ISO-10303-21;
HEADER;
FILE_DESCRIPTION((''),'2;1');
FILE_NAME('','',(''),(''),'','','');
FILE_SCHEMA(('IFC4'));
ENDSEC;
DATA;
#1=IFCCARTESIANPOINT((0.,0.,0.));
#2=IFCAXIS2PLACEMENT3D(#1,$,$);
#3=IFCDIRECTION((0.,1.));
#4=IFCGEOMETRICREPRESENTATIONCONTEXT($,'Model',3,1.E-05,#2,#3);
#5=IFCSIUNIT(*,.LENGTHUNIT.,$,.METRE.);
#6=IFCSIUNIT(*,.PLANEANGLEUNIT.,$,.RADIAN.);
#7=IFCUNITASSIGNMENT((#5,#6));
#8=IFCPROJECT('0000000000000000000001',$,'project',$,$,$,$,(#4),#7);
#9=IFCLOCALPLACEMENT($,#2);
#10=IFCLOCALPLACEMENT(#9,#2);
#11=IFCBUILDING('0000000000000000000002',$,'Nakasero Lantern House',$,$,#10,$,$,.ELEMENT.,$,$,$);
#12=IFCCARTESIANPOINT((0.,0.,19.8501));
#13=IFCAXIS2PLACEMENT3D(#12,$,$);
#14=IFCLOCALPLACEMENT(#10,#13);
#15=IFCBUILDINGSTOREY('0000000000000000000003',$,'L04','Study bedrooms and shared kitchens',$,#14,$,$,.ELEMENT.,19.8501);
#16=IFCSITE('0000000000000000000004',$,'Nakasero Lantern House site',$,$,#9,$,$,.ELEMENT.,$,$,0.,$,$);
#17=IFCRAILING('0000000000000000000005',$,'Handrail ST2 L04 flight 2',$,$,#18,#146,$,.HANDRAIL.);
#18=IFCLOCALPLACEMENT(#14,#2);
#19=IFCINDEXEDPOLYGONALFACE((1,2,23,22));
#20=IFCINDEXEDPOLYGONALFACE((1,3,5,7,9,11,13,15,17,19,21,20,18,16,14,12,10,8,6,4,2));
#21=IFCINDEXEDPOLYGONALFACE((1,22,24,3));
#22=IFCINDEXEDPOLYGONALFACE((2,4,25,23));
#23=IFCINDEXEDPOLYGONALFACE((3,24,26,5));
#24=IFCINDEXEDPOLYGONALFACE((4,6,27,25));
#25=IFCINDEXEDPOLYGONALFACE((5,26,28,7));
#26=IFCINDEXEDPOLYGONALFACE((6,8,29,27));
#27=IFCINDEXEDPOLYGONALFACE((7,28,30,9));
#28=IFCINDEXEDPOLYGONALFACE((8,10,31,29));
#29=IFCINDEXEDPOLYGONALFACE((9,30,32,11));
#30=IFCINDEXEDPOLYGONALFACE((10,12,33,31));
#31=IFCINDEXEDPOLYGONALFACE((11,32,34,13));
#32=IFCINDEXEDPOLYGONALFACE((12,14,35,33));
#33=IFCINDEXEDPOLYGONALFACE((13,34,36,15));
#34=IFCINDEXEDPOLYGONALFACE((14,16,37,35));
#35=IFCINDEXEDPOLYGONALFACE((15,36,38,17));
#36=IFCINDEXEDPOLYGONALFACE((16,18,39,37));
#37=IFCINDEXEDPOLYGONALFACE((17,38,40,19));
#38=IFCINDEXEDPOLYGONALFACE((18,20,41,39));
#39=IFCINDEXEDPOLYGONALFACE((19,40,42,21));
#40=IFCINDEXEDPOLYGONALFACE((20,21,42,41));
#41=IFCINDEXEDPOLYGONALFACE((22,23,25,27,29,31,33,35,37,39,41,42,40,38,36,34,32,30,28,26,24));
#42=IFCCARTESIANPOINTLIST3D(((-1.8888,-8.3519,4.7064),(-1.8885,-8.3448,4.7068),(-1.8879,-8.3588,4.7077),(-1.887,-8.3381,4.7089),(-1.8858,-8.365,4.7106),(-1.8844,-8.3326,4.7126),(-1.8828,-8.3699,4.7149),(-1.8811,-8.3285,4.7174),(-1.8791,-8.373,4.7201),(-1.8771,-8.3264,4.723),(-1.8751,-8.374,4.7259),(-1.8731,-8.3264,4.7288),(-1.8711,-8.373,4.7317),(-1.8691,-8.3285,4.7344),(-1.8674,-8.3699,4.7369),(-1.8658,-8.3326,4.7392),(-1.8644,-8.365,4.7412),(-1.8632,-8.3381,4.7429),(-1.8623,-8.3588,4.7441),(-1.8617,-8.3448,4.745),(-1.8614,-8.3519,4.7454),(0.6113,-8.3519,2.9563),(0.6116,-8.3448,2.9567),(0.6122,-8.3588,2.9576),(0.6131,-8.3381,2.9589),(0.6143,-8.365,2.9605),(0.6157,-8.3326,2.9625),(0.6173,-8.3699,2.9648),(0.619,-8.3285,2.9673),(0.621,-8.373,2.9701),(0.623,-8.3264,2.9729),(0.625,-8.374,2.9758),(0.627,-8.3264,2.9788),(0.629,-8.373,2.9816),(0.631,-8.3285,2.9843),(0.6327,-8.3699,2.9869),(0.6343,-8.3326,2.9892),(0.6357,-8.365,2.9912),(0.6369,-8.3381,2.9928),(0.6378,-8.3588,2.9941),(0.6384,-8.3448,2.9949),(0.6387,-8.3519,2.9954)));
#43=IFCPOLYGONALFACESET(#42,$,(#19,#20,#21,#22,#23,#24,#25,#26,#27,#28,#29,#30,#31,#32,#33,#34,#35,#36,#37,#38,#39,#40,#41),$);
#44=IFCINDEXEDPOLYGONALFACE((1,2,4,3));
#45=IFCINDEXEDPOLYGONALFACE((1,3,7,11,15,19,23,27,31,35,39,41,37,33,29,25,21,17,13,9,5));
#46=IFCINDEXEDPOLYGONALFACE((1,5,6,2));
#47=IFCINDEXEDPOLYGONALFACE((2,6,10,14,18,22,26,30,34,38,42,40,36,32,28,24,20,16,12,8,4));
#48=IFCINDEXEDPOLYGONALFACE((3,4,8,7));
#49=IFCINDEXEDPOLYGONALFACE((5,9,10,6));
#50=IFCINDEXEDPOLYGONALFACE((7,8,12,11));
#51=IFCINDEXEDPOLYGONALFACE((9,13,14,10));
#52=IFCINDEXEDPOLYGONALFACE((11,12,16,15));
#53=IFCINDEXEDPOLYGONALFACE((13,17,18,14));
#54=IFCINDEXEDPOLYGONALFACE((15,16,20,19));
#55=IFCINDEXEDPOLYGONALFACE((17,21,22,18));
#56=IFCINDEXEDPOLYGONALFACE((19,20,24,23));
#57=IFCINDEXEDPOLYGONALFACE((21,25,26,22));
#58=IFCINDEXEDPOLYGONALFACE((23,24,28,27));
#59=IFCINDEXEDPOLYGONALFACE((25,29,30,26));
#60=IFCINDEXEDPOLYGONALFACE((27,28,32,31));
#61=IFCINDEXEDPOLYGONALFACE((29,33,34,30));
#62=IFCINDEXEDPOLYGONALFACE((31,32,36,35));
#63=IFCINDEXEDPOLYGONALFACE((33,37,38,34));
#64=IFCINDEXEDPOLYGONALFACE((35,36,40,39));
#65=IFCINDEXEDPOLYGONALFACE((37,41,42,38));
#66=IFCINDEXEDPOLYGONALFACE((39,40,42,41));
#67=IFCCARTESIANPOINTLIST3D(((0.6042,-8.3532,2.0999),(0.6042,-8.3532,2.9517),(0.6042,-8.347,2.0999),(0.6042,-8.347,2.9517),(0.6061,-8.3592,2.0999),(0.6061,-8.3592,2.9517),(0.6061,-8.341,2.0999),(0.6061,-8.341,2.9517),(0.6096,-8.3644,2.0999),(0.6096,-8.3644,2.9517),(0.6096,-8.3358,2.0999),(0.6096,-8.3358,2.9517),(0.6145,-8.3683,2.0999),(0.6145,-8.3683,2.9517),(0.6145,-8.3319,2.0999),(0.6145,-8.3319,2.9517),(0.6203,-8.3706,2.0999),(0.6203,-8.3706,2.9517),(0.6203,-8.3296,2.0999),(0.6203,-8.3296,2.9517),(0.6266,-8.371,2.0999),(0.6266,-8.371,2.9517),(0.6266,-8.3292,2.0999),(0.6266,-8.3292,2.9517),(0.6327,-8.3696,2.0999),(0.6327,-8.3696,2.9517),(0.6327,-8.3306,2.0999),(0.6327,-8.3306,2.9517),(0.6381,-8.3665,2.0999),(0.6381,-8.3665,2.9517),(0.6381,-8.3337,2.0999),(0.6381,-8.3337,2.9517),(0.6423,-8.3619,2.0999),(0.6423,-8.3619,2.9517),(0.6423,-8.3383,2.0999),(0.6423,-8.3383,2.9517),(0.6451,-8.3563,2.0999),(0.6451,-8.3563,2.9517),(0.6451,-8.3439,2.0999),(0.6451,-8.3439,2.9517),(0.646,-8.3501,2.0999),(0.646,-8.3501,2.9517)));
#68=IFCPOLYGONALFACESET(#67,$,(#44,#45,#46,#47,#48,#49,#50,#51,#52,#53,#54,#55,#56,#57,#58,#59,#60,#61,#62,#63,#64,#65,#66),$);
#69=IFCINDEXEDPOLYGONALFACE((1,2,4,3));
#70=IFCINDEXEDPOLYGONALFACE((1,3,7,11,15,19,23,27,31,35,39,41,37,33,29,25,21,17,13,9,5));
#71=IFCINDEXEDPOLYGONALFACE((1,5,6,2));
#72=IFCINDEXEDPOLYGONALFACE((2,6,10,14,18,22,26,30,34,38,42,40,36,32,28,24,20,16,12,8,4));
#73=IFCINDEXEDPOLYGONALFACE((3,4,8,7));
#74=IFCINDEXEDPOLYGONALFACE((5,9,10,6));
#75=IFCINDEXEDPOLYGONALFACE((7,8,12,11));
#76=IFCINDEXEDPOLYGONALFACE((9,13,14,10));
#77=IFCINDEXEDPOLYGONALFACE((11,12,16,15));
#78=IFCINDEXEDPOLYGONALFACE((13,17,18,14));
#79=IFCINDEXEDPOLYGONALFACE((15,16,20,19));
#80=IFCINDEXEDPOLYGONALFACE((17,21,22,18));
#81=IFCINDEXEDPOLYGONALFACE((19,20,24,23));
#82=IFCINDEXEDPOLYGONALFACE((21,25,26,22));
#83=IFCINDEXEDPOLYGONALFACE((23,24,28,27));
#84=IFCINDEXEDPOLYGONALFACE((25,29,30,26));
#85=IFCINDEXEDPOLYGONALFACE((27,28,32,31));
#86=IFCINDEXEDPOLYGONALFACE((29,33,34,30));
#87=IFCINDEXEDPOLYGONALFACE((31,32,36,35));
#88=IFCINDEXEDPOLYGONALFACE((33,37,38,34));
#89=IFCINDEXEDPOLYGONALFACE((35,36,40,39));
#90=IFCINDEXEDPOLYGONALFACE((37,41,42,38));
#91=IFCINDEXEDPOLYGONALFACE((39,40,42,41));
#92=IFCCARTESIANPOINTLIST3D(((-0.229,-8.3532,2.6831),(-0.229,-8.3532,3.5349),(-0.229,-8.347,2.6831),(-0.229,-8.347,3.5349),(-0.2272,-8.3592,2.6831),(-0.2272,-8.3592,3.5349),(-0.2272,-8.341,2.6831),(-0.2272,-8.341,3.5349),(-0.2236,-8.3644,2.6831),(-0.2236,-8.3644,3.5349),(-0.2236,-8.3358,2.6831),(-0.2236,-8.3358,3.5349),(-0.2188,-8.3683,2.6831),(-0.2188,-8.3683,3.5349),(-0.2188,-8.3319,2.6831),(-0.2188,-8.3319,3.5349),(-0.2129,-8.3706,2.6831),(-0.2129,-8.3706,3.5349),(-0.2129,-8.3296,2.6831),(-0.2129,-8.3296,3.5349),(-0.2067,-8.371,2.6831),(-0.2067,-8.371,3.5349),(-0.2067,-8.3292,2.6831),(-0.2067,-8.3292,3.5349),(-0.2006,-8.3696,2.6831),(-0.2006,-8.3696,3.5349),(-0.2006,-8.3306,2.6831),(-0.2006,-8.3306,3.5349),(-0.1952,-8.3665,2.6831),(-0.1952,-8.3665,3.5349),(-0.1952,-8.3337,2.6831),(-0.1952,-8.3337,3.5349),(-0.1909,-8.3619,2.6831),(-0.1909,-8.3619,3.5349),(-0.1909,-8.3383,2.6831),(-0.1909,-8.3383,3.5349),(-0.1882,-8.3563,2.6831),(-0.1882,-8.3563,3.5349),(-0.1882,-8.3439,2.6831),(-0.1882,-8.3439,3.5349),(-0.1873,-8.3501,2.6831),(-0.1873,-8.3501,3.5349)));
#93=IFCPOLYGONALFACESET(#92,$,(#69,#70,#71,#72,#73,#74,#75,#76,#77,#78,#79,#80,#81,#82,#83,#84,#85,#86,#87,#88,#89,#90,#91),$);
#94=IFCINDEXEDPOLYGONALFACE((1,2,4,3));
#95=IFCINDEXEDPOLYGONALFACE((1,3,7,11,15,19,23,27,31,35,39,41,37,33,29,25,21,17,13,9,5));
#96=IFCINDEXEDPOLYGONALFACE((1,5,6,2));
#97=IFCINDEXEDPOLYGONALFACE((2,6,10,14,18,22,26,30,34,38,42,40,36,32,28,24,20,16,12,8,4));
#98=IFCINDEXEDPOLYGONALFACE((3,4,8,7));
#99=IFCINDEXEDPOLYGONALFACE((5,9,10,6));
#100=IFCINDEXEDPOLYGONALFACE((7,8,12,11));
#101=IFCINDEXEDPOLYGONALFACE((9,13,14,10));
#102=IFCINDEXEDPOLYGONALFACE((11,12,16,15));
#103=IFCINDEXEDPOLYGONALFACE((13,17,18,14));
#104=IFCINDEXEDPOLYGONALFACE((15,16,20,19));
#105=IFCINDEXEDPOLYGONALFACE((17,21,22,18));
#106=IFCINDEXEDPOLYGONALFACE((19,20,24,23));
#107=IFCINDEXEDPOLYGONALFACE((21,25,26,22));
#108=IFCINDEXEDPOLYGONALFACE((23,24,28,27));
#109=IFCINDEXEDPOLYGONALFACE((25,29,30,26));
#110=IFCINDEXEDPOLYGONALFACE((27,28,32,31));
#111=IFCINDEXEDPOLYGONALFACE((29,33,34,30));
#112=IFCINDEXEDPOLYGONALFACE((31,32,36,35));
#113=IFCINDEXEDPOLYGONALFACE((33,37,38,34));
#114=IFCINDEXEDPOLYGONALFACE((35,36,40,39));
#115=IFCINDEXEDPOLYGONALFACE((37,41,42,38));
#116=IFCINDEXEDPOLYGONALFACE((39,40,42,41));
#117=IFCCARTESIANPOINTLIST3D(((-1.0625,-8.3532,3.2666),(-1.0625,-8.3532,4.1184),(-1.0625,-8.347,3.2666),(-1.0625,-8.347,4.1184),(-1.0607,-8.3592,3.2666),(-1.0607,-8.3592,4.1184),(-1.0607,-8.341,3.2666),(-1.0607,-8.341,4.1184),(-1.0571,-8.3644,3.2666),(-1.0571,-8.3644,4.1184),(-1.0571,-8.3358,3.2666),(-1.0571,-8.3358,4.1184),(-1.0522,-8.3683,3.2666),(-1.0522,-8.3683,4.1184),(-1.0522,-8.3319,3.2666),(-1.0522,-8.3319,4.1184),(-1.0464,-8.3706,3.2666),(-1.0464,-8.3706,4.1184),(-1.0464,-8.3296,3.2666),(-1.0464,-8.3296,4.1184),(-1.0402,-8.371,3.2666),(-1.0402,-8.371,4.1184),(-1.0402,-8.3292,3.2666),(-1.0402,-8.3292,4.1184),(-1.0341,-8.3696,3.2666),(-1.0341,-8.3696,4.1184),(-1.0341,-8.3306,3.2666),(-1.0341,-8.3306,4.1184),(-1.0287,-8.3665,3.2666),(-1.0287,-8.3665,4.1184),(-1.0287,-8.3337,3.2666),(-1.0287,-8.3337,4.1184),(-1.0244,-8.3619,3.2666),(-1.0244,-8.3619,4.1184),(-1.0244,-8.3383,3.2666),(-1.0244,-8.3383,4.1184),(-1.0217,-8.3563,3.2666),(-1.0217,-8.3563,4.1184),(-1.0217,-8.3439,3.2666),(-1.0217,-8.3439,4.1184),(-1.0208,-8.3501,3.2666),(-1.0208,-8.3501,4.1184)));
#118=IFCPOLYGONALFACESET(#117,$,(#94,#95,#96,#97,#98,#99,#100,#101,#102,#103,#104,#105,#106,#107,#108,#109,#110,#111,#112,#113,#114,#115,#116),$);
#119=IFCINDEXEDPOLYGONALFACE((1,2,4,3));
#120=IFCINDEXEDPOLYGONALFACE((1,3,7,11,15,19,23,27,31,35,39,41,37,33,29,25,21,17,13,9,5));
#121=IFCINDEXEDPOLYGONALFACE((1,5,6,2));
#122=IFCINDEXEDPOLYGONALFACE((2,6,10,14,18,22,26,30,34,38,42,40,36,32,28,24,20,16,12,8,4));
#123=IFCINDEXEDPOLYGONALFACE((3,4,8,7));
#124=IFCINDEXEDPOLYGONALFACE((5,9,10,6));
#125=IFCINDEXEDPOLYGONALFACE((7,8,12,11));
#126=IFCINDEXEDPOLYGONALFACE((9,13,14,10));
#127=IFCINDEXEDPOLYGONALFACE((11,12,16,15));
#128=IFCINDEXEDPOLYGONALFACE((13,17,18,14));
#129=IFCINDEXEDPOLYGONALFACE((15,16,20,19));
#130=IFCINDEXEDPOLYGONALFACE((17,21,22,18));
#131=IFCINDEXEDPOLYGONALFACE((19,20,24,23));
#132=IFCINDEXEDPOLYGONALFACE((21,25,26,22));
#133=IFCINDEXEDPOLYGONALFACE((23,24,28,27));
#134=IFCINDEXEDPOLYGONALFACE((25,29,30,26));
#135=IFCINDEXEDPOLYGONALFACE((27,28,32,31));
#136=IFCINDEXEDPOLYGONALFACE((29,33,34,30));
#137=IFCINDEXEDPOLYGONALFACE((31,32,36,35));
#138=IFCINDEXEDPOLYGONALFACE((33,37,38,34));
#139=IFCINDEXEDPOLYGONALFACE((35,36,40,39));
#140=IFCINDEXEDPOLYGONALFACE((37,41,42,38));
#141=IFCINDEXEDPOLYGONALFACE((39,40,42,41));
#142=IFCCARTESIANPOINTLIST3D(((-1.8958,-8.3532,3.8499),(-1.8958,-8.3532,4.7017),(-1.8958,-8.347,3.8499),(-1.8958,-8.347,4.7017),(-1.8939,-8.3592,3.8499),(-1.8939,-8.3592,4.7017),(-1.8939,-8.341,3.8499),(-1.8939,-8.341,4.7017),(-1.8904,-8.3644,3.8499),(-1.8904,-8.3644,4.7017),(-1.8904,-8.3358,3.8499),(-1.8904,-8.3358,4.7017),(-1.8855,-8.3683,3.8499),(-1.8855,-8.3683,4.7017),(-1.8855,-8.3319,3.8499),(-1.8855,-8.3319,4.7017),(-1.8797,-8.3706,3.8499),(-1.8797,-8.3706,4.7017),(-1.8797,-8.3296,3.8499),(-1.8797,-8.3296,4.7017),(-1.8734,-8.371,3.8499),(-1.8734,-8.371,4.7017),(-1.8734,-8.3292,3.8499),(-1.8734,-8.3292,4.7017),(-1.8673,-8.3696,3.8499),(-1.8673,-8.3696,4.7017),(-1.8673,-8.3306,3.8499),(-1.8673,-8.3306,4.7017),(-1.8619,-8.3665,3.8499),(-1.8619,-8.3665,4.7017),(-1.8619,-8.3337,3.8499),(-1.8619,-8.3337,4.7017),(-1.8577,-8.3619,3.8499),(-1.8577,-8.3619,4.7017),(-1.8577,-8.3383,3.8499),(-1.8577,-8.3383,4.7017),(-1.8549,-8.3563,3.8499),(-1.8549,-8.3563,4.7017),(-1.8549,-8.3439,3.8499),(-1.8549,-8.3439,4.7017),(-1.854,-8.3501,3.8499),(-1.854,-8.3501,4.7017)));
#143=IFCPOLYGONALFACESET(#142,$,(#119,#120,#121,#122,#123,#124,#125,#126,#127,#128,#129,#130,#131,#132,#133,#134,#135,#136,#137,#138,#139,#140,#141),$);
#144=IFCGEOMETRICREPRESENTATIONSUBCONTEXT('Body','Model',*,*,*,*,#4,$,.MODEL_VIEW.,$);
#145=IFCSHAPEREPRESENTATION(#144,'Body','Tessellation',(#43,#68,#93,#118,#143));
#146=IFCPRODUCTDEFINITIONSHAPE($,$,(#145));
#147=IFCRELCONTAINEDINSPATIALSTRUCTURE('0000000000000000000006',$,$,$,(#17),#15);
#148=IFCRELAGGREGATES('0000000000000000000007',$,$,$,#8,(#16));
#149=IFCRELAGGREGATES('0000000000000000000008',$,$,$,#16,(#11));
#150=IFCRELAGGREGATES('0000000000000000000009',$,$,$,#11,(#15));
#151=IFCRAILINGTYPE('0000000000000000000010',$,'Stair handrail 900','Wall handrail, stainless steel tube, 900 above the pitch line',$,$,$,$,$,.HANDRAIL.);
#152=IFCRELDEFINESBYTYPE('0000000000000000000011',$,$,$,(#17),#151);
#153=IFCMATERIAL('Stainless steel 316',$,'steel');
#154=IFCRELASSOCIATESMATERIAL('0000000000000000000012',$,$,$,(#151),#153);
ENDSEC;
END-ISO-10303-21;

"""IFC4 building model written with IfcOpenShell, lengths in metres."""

from ifc_helpers import new_model, si_unit, direction, frame, origin, origin_2d, place, context, subcontext, project, spatial, circle, extrude, material, type_object, element, save


model = new_model("IFC4")

# Units and contexts
model_context = context("Model", 3, precision=1e-05, world=origin(), true_north=direction((0.0, 1.0)))
body_context = subcontext(model_context, "Body", "Model", "MODEL_VIEW")
ifc_project = project(units=[si_unit("LENGTHUNIT", "METRE"), si_unit("PLANEANGLEUNIT", "RADIAN")], contexts=[model_context])

# Site, building, storey
site_placement = place(None, origin())
site = spatial("IfcSite", under=ifc_project, at=site_placement, Name="Nakasero Lantern House site", CompositionType="ELEMENT", RefElevation=0.0)
building_placement = place(site_placement, origin())
building = spatial("IfcBuilding", under=site, at=building_placement, Name="Nakasero Lantern House", CompositionType="ELEMENT")
storey_placement = place(building_placement, frame((0.0, 0.0, 19.8501)))
storey = spatial("IfcBuildingStorey", under=building, at=storey_placement, Name="L04", Description="Study bedrooms and shared kitchens", CompositionType="ELEMENT", Elevation=19.8501)

# Railing
ifc_material_1 = material(Name="Stainless steel 316", Category="steel")
railing_type = type_object("IfcRailingType", Name="Stair handrail 900", Description="Wall handrail, stainless steel tube, 900 above the pitch line", PredefinedType="HANDRAIL", material=ifc_material_1)
railing_placement = place(storey_placement, frame((0.625, -8.3501, 2.0999)))
element("IfcRailing", 1, at=railing_placement, inside=storey, type_object=railing_type, Name="Handrail ST2 L04 flight 2", PredefinedType="HANDRAIL", context=body_context, shape_type="SweptSolid", body=[
    extrude(circle(Radius=0.0239, at=origin_2d()), frame((0.0, 0.0, 0.876), z_axis=(-0.819232, 0.0, 0.573462), x_axis=(0.0, -1.0, 0.0)), (0.0, 0.0, 1.0), 3.0518),
    extrude(circle(Radius=0.021, at=origin_2d()), origin(), (0.0, 0.0, 1.0), 0.8518),
    extrude(circle(Radius=0.021, at=origin_2d()), frame((-0.8333, 0.0, 0.5833)), (0.0, 0.0, 1.0), 0.8518),
    extrude(circle(Radius=0.021, at=origin_2d()), frame((-1.6667, 0.0, 1.1667)), (0.0, 0.0, 1.0), 0.8518),
    extrude(circle(Radius=0.021, at=origin_2d()), frame((-2.5, 0.0, 1.75)), (0.0, 0.0, 1.0), 0.8518),
])

save(model, "model.ifc")
